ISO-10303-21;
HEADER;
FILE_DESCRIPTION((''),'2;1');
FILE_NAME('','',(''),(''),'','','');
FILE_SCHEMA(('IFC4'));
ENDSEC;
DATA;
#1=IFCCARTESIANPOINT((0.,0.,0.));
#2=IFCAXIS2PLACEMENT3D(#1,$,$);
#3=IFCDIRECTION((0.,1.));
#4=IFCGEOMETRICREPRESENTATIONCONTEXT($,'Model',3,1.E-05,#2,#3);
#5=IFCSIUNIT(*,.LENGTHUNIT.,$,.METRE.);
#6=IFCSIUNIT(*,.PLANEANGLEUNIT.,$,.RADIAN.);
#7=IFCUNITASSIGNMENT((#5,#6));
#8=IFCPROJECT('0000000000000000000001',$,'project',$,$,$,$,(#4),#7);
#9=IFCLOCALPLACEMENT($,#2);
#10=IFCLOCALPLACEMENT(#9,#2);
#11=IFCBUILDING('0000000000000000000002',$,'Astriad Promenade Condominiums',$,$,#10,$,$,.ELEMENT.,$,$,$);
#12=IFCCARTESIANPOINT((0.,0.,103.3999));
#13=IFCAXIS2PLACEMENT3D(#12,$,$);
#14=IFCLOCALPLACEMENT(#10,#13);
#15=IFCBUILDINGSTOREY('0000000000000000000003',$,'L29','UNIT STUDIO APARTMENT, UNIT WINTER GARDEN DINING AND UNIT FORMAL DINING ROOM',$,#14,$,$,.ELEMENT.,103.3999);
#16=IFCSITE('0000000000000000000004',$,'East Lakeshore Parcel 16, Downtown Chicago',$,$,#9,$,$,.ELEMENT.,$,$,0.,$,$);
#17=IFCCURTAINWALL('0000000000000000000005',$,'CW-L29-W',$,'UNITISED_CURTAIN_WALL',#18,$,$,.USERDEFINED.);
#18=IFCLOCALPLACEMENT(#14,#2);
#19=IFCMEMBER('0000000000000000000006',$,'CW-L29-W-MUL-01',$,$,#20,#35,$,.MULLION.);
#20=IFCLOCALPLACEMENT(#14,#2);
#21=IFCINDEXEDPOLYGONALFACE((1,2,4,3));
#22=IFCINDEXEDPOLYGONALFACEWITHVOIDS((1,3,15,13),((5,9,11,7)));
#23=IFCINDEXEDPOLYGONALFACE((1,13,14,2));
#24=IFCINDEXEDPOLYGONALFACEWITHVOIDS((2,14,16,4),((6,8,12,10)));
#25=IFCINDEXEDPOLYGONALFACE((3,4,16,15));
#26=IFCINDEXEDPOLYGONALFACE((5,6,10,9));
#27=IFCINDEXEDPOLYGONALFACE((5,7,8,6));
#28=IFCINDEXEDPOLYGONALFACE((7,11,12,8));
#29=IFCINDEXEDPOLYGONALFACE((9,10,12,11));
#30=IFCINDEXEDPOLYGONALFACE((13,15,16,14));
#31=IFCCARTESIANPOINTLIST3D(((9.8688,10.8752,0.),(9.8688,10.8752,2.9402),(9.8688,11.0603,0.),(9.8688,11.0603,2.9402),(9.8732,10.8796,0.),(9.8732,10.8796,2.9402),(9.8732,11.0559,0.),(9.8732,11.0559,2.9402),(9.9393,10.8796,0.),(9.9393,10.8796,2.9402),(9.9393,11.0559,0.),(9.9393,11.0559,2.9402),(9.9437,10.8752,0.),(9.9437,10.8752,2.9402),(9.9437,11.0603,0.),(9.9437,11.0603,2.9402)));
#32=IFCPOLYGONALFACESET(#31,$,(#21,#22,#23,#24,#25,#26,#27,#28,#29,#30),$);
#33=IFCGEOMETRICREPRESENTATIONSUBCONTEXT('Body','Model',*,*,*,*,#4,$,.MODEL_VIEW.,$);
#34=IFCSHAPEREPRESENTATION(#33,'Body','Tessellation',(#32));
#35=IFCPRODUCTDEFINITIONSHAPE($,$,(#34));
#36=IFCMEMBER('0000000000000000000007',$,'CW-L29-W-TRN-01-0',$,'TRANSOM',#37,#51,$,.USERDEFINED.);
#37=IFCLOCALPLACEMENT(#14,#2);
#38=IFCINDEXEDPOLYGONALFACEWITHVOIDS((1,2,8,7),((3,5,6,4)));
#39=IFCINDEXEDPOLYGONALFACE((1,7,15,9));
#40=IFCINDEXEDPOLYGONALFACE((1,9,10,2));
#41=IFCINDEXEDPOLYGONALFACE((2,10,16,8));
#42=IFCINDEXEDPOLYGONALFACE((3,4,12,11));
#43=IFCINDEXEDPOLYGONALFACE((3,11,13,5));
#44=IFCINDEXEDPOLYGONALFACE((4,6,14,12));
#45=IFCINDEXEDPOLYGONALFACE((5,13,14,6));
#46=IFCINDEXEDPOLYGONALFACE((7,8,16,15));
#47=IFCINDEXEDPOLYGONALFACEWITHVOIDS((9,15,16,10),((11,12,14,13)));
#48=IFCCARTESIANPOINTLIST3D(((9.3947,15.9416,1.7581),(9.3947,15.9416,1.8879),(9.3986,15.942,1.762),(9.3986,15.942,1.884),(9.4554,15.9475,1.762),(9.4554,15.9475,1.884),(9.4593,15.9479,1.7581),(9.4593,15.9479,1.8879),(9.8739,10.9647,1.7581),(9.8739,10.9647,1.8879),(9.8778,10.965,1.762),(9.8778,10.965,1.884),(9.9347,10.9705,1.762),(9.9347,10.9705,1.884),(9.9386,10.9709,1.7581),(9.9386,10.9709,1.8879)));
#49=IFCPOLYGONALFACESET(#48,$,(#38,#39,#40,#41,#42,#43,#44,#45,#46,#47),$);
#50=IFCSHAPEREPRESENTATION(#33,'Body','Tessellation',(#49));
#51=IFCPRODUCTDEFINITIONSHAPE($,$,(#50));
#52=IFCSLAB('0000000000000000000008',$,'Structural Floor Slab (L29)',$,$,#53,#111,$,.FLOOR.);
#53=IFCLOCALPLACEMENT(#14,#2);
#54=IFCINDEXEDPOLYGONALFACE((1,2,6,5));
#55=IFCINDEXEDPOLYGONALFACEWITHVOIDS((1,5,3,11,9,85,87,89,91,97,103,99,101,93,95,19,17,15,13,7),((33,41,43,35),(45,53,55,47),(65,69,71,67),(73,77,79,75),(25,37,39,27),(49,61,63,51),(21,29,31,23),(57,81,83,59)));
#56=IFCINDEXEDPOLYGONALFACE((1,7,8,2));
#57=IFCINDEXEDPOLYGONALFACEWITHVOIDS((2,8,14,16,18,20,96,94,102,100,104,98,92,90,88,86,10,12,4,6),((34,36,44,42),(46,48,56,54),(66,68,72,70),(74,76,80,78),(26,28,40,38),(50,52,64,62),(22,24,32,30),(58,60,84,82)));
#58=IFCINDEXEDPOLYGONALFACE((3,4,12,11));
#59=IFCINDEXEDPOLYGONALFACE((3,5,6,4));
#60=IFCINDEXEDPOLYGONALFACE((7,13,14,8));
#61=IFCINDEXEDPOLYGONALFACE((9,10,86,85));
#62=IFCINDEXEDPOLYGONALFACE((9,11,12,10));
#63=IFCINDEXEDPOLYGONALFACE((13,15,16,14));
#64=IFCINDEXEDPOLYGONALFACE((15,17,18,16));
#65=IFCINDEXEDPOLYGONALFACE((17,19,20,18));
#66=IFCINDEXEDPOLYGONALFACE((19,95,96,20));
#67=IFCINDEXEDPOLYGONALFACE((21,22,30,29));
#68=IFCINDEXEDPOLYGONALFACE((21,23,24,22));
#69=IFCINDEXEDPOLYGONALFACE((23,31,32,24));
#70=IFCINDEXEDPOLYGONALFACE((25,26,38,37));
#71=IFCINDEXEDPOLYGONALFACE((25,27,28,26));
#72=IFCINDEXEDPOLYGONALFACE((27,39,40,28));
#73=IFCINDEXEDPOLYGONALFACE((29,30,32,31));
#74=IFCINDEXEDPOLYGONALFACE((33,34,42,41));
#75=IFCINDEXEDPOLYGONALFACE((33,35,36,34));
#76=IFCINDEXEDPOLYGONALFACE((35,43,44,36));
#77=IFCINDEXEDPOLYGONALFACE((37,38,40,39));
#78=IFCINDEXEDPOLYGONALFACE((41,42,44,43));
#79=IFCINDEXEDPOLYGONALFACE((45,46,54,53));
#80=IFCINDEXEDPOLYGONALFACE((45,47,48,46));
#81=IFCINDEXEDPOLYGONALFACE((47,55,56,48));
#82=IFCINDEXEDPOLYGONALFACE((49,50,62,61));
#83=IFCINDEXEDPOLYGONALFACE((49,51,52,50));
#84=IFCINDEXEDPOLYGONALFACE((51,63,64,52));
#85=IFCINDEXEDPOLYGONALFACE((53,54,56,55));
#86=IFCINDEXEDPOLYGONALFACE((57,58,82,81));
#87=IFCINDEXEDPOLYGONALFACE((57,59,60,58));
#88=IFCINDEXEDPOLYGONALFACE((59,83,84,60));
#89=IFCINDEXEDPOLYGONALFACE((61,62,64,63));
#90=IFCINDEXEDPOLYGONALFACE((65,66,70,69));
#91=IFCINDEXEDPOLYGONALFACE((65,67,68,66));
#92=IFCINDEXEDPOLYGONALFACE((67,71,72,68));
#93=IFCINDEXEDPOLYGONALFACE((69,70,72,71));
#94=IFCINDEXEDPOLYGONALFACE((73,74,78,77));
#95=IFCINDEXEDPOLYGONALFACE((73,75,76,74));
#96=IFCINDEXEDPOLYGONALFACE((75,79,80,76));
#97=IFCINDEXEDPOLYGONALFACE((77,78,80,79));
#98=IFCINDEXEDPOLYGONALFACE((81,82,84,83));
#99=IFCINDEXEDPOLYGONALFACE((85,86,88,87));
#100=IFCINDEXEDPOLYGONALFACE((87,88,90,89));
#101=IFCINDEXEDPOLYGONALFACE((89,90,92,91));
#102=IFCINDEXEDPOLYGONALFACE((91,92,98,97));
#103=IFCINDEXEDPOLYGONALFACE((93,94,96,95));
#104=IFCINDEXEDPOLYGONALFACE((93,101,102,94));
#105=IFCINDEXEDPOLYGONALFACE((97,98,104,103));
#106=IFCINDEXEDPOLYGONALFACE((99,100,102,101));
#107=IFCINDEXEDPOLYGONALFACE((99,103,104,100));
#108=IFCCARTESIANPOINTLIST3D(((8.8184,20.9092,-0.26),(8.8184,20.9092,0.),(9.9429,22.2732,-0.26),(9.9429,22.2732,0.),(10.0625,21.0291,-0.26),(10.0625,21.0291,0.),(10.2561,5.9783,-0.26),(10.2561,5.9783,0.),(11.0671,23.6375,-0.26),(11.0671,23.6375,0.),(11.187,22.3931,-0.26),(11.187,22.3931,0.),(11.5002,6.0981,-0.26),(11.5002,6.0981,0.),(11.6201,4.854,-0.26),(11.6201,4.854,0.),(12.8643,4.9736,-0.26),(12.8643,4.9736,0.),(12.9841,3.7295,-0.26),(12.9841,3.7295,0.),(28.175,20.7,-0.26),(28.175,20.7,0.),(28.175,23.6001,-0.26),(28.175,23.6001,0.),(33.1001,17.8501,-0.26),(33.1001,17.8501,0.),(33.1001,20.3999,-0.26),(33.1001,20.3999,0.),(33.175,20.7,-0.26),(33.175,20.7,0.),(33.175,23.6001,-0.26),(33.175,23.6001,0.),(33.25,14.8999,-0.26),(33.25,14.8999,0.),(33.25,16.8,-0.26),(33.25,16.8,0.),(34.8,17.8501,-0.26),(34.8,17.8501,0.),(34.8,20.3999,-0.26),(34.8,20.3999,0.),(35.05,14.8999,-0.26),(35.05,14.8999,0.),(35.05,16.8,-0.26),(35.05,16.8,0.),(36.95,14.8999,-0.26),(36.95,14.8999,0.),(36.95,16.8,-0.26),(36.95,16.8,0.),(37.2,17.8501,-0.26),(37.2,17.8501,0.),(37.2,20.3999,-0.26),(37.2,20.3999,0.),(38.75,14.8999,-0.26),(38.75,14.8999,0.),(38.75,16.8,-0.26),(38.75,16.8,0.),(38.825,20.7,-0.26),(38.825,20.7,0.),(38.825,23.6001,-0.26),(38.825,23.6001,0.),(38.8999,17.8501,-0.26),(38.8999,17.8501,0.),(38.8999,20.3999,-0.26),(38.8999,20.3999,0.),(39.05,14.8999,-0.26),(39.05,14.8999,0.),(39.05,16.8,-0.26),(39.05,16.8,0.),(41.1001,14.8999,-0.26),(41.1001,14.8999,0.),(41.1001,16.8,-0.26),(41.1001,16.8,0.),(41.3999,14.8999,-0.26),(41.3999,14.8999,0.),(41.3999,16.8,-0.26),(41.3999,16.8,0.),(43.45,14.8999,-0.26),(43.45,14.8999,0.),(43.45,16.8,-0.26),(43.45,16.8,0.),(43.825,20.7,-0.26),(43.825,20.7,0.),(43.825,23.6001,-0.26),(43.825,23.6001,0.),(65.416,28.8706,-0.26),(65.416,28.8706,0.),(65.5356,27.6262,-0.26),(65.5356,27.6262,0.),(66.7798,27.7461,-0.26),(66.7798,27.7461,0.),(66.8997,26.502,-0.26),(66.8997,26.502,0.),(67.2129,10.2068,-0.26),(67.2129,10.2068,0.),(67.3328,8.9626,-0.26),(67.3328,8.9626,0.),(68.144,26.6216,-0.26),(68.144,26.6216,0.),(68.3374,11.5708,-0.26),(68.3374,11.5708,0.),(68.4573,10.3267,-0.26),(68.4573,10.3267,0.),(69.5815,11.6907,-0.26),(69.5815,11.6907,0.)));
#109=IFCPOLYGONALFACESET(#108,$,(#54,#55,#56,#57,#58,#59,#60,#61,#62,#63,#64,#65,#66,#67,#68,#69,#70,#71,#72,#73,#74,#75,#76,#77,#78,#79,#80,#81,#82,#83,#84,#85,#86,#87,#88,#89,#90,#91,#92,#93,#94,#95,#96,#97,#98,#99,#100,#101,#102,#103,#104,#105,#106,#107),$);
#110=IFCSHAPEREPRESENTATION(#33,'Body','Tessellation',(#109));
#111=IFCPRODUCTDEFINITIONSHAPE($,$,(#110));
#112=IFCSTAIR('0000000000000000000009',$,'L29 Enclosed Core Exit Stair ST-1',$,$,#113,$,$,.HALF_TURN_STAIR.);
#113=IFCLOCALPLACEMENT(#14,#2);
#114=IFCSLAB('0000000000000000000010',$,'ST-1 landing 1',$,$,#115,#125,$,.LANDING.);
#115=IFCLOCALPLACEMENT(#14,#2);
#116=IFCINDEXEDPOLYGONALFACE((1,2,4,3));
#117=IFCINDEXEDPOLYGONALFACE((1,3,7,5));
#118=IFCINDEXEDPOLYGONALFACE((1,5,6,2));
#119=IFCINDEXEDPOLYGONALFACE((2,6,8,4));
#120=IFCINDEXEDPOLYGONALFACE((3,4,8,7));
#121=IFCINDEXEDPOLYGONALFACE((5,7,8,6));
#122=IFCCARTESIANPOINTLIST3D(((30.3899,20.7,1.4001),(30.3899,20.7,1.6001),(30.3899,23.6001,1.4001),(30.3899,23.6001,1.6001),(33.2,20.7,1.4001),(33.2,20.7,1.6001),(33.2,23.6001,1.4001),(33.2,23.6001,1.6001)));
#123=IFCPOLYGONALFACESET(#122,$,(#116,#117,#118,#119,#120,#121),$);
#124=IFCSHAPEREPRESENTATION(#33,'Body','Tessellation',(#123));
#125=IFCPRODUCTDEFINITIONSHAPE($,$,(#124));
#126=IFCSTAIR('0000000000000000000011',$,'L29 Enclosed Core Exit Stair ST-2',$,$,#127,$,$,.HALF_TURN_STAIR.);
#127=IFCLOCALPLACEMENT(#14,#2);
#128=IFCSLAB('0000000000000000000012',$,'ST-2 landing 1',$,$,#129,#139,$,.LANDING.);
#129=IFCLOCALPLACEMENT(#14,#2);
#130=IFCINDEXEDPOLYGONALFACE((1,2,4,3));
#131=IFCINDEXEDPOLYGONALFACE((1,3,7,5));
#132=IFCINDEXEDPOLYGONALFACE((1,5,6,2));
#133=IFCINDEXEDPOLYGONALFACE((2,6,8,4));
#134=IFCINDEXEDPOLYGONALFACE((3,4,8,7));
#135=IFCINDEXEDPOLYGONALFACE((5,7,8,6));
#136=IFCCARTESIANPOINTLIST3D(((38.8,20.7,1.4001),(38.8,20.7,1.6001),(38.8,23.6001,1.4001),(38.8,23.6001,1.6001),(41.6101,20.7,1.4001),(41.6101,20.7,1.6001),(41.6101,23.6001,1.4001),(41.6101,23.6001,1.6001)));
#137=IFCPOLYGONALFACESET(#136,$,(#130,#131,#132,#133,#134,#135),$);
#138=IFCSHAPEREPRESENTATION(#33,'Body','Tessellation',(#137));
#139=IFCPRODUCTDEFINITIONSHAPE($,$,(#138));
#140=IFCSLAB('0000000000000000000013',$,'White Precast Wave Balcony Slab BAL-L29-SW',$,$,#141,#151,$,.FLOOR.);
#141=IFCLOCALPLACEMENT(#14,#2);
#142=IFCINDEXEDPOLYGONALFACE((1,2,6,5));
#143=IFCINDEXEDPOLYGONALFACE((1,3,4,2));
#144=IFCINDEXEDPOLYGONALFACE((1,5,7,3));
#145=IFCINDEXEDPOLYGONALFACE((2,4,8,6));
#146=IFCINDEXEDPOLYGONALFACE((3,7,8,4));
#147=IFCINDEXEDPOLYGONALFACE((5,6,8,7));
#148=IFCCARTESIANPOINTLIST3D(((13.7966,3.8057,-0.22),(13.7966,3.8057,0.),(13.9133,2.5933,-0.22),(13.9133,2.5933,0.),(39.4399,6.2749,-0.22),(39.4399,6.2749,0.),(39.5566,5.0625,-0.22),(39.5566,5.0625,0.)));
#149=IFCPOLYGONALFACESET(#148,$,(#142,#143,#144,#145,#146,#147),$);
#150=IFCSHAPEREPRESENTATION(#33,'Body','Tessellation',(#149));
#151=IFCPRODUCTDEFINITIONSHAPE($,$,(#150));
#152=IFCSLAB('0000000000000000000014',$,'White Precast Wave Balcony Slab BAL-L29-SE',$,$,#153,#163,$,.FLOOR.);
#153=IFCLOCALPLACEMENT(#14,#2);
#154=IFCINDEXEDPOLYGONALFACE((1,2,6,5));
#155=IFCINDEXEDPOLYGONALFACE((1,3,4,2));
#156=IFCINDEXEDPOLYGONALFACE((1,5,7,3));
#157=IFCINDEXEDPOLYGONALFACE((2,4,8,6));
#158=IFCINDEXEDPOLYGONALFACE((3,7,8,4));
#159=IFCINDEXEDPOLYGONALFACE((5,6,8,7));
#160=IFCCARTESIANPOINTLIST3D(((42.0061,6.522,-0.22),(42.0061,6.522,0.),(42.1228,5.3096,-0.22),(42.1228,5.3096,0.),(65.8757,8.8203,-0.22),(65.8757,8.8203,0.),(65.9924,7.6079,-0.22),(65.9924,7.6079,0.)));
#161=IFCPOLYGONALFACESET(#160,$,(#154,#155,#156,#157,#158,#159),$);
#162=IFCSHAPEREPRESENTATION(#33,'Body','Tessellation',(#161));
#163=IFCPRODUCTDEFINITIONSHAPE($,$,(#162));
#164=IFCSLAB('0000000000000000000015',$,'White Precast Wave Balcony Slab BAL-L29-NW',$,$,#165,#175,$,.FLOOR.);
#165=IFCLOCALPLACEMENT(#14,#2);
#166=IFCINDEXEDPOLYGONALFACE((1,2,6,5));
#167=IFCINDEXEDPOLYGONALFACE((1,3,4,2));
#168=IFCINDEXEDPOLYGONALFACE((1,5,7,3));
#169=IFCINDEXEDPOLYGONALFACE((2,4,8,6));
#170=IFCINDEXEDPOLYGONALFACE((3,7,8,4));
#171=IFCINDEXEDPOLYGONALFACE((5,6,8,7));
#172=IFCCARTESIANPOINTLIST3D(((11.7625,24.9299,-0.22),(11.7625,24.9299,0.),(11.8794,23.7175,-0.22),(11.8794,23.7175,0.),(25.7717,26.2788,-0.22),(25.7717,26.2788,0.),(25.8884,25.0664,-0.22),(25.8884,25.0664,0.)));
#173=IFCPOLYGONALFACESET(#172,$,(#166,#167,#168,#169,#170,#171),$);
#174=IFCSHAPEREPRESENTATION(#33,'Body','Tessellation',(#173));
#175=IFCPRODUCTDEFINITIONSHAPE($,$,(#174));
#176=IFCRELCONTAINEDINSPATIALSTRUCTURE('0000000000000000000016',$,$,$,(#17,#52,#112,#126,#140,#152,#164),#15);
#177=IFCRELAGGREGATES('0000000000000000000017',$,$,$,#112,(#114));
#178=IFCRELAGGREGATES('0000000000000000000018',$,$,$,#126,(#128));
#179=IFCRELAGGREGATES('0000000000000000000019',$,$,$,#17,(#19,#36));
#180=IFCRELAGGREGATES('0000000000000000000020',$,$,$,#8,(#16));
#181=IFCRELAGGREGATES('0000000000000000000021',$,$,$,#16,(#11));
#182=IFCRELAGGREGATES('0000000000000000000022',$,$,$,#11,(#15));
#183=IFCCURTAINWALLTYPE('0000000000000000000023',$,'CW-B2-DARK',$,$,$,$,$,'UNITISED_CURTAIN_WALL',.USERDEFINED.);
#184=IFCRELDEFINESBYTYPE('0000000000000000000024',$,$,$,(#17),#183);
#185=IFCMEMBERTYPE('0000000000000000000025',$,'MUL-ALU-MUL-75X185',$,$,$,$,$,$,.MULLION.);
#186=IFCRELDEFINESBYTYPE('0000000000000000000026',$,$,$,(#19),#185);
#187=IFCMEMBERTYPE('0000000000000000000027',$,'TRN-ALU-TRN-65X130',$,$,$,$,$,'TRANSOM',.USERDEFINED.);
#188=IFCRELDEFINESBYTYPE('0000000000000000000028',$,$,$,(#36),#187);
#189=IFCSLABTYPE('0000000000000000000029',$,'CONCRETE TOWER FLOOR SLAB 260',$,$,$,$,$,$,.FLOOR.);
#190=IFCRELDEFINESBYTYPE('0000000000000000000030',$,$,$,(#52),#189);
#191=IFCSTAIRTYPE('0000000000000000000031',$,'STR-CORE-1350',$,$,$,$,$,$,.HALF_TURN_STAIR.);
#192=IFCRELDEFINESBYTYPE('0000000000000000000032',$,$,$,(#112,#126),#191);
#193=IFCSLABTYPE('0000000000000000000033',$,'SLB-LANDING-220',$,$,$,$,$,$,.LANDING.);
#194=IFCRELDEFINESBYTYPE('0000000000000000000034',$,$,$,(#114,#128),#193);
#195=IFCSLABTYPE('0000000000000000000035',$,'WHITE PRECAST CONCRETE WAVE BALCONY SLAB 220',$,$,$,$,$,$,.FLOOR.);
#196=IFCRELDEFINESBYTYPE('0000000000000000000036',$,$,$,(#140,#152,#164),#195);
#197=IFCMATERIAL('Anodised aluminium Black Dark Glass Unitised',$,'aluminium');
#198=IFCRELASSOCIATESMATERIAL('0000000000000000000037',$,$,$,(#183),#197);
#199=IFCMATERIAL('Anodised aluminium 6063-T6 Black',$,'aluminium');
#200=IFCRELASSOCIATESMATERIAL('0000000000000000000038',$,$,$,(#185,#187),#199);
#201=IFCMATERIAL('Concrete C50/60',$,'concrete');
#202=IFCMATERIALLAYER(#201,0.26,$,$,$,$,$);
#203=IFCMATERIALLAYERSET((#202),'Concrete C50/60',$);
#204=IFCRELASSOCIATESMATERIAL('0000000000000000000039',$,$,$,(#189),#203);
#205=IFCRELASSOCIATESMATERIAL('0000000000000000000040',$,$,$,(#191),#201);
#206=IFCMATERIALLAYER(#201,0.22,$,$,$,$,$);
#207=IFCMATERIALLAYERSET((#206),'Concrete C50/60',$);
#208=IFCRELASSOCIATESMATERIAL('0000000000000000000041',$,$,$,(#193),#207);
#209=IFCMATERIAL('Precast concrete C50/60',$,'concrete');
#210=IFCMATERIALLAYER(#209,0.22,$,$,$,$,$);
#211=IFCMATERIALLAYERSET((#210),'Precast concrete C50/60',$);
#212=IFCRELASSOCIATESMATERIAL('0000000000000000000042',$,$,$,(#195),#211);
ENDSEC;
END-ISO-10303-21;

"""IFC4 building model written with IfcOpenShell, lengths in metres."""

from ifc_helpers import new_model, si_unit, direction, frame, origin, origin_2d, place, context, subcontext, project, spatial, polyline, hollow_rectangle, outline, extrude, source, transform, mapped, material, layer, layer_set, material_profile, profile_set, type_object, type_shapes, element, aggregate, save


model = new_model("IFC4")

# Units and contexts
model_context = context("Model", 3, precision=1e-05, world=origin(), true_north=direction((0.0, 1.0)))
body_context = subcontext(model_context, "Body", "Model", "MODEL_VIEW")
ifc_project = project(units=[si_unit("LENGTHUNIT", "METRE"), si_unit("PLANEANGLEUNIT", "RADIAN")], contexts=[model_context])

# Site, building, storey
site_placement = place(None, origin())
site = spatial("IfcSite", under=ifc_project, at=site_placement, Name="East Lakeshore Parcel 16, Downtown Chicago", CompositionType="ELEMENT", RefElevation=0.0)
building_placement = place(site_placement, origin())
building = spatial("IfcBuilding", under=site, at=building_placement, Name="Astriad Promenade Condominiums", CompositionType="ELEMENT")
storey_placement = place(building_placement, frame((0.0, 0.0, 103.3999)))
storey = spatial("IfcBuildingStorey", under=building, at=storey_placement, Name="L29", Description="UNIT STUDIO APARTMENT, UNIT WINTER GARDEN DINING AND UNIT FORMAL DINING ROOM", CompositionType="ELEMENT", Elevation=103.3999)

# Curtain wall, members
ifc_material_1 = material(Name="Anodised aluminium Black Dark Glass Unitised", Category="aluminium")
curtain_wall_type = type_object("IfcCurtainWallType", Name="CW-B2-DARK", ElementType="UNITISED_CURTAIN_WALL", PredefinedType="USERDEFINED", material=ifc_material_1)
curtain_wall_placement = place(storey_placement, origin())
curtain_wall = element("IfcCurtainWall", 1, at=curtain_wall_placement, inside=storey, type_object=curtain_wall_type, Name="CW-L29-W", ObjectType="UNITISED_CURTAIN_WALL", PredefinedType="USERDEFINED")
ifc_material_2 = material(Name="Anodised aluminium 6063-T6 Black", Category="aluminium")
ifc_material_profile_1 = material_profile(ifc_material_2, hollow_rectangle(XDim=0.075, YDim=0.1851, WallThickness=0.0044, at=origin_2d()), Name="ALU-MUL-75X185")
ifc_profile_set_1 = profile_set([ifc_material_profile_1], Name="Anodised aluminium 6063-T6 Black")
member_type_1 = type_object("IfcMemberType", Name="MUL-ALU-MUL-75X185", PredefinedType="MULLION", material=ifc_profile_set_1)
shared_shape_1 = source(origin(), body_context, "Body", "SweptSolid", [
    extrude(hollow_rectangle(XDim=0.075, YDim=0.1851, WallThickness=0.0044, at=origin_2d()), origin(), (0.0, 0.0, 1.0), 2.9402),
])
type_shapes(member_type_1, [shared_shape_1])
member_1_placement = place(storey_placement, frame((9.9062, 10.9678, 0.0), z_axis=(0.0, 0.0, 1.0), x_axis=(1.0, 0.0, 0.0)))
member_1 = element("IfcMember", 2, at=member_1_placement, type_object=member_type_1, Name="CW-L29-W-MUL-01", PredefinedType="MULLION", context=body_context, shape_type="MappedRepresentation", body=[
    mapped(shared_shape_1, transform((0.0, 0.0, 0.0), scale=1.0)),
])
ifc_material_profile_2 = material_profile(ifc_material_2, hollow_rectangle(XDim=0.0649, YDim=0.1299, WallThickness=0.0039, at=origin_2d()), Name="ALU-TRN-65X130")
ifc_profile_set_2 = profile_set([ifc_material_profile_2], Name="Anodised aluminium 6063-T6 Black")
member_type_2 = type_object("IfcMemberType", Name="TRN-ALU-TRN-65X130", ElementType="TRANSOM", PredefinedType="USERDEFINED", material=ifc_profile_set_2)
shared_shape_2 = source(origin(), body_context, "Body", "SweptSolid", [
    extrude(hollow_rectangle(XDim=0.0649, YDim=0.1299, WallThickness=0.0039, at=origin_2d()), origin(), (0.0, 0.0, 1.0), 5.0),
])
type_shapes(member_type_2, [shared_shape_2])
member_2_placement = place(storey_placement, frame((9.9062, 10.9678, 1.823), z_axis=(-0.095848, 0.995396, 0.0), x_axis=(-0.995396, -0.095848, 0.0)))
member_2 = element("IfcMember", 3, at=member_2_placement, type_object=member_type_2, Name="CW-L29-W-TRN-01-0", ObjectType="TRANSOM", PredefinedType="USERDEFINED", context=body_context, shape_type="MappedRepresentation", body=[
    mapped(shared_shape_2, transform((0.0, 0.0, 0.0), scale=1.0)),
])

# Slab
ifc_material_3 = material(Name="Concrete C50/60", Category="concrete")
ifc_layer_1 = layer(ifc_material_3, 0.26)
ifc_layer_set_1 = layer_set([ifc_layer_1], Name="Concrete C50/60")
slab_type_1 = type_object("IfcSlabType", Name="CONCRETE TOWER FLOOR SLAB 260", PredefinedType="FLOOR", material=ifc_layer_set_1)
slab_1_placement = place(storey_placement, frame((0.0, 0.0, -0.26)))
element("IfcSlab", 4, at=slab_1_placement, inside=storey, type_object=slab_type_1, Name="Structural Floor Slab (L29)", PredefinedType="FLOOR", context=body_context, shape_type="SweptSolid", body=[
    extrude(outline(polyline([(12.9841, 3.7295), (67.3328, 8.9626), (67.2129, 10.2068), (68.4573, 10.3267), (68.3374, 11.5708), (69.5815, 11.6907), (68.144, 26.6216), (66.8997, 26.502), (66.7798, 27.7461), (65.5356, 27.6262), (65.416, 28.8706), (11.0671, 23.6375), (11.187, 22.3931), (9.9429, 22.2732), (10.0625, 21.0291), (8.8184, 20.9092), (10.2561, 5.9783), (11.5002, 6.0981), (11.6201, 4.854), (12.8643, 4.9736), (12.9841, 3.7295)]), holes=[polyline([(28.175, 20.7), (33.175, 20.7), (33.175, 23.6001), (28.175, 23.6001), (28.175, 20.7)]), polyline([(38.825, 20.7), (43.825, 20.7), (43.825, 23.6001), (38.825, 23.6001), (38.825, 20.7)]), polyline([(33.1001, 17.8501), (34.8, 17.8501), (34.8, 20.3999), (33.1001, 20.3999), (33.1001, 17.8501)]), polyline([(37.2, 17.8501), (38.8999, 17.8501), (38.8999, 20.3999), (37.2, 20.3999), (37.2, 17.8501)]), polyline([(33.25, 14.8999), (35.05, 14.8999), (35.05, 16.8), (33.25, 16.8), (33.25, 14.8999)]), polyline([(36.95, 14.8999), (38.75, 14.8999), (38.75, 16.8), (36.95, 16.8), (36.95, 14.8999)]), polyline([(39.05, 14.8999), (41.1001, 14.8999), (41.1001, 16.8), (39.05, 16.8), (39.05, 14.8999)]), polyline([(41.3999, 14.8999), (43.45, 14.8999), (43.45, 16.8), (41.3999, 16.8), (41.3999, 14.8999)])]), origin(), (0.0, 0.0, 1.0), 0.26),
])

# Stairs, slabs
stair_type = type_object("IfcStairType", Name="STR-CORE-1350", PredefinedType="HALF_TURN_STAIR", material=ifc_material_3)
stair_1_placement = place(storey_placement, origin())
stair_1 = element("IfcStair", 5, at=stair_1_placement, inside=storey, type_object=stair_type, Name="L29 Enclosed Core Exit Stair ST-1", PredefinedType="HALF_TURN_STAIR")
ifc_layer_2 = layer(ifc_material_3, 0.22)
ifc_layer_set_2 = layer_set([ifc_layer_2], Name="Concrete C50/60")
slab_type_2 = type_object("IfcSlabType", Name="SLB-LANDING-220", PredefinedType="LANDING", material=ifc_layer_set_2)
slab_2_placement = place(storey_placement, frame((0.0, 0.0, 1.4001)))
slab_2 = element("IfcSlab", 6, at=slab_2_placement, type_object=slab_type_2, Name="ST-1 landing 1", PredefinedType="LANDING", context=body_context, shape_type="SweptSolid", body=[
    extrude(outline(polyline([(30.3899, 20.7), (33.2, 20.7), (33.2, 23.6001), (30.3899, 23.6001), (30.3899, 20.7)])), origin(), (0.0, 0.0, 1.0), 0.2),
])
aggregate(stair_1, [slab_2])
stair_2_placement = place(storey_placement, origin())
stair_2 = element("IfcStair", 7, at=stair_2_placement, inside=storey, type_object=stair_type, Name="L29 Enclosed Core Exit Stair ST-2", PredefinedType="HALF_TURN_STAIR")
slab_3_placement = place(storey_placement, frame((0.0, 0.0, 1.4001)))
slab_3 = element("IfcSlab", 8, at=slab_3_placement, type_object=slab_type_2, Name="ST-2 landing 1", PredefinedType="LANDING", context=body_context, shape_type="SweptSolid", body=[
    extrude(outline(polyline([(41.6101, 23.6001), (38.8, 23.6001), (38.8, 20.7), (41.6101, 20.7), (41.6101, 23.6001)])), origin(), (0.0, 0.0, 1.0), 0.2),
])
aggregate(stair_2, [slab_3])

# Slabs
ifc_material_4 = material(Name="Precast concrete C50/60", Category="concrete")
ifc_layer_3 = layer(ifc_material_4, 0.22)
ifc_layer_set_3 = layer_set([ifc_layer_3], Name="Precast concrete C50/60")
slab_type_3 = type_object("IfcSlabType", Name="WHITE PRECAST CONCRETE WAVE BALCONY SLAB 220", PredefinedType="FLOOR", material=ifc_layer_set_3)
slab_4_placement = place(storey_placement, frame((0.0, 0.0, -0.22)))
element("IfcSlab", 9, at=slab_4_placement, inside=storey, type_object=slab_type_3, Name="White Precast Wave Balcony Slab BAL-L29-SW", PredefinedType="FLOOR", context=body_context, shape_type="SweptSolid", body=[
    extrude(outline(polyline([(39.5566, 5.0625), (13.9133, 2.5933), (13.7966, 3.8057), (39.4399, 6.2749), (39.5566, 5.0625)])), origin(), (0.0, 0.0, 1.0), 0.22),
])
slab_5_placement = place(storey_placement, frame((0.0, 0.0, -0.22)))
element("IfcSlab", 10, at=slab_5_placement, inside=storey, type_object=slab_type_3, Name="White Precast Wave Balcony Slab BAL-L29-SE", PredefinedType="FLOOR", context=body_context, shape_type="SweptSolid", body=[
    extrude(outline(polyline([(65.9924, 7.6079), (42.1228, 5.3096), (42.0061, 6.522), (65.8757, 8.8203), (65.9924, 7.6079)])), origin(), (0.0, 0.0, 1.0), 0.22),
])
slab_6_placement = place(storey_placement, frame((0.0, 0.0, -0.22)))
element("IfcSlab", 11, at=slab_6_placement, inside=storey, type_object=slab_type_3, Name="White Precast Wave Balcony Slab BAL-L29-NW", PredefinedType="FLOOR", context=body_context, shape_type="SweptSolid", body=[
    extrude(outline(polyline([(11.7625, 24.9299), (25.7717, 26.2788), (25.8884, 25.0664), (11.8794, 23.7175), (11.7625, 24.9299)])), origin(), (0.0, 0.0, 1.0), 0.22),
])

aggregate(curtain_wall, [member_1, member_2])

save(model, "model.ifc")
